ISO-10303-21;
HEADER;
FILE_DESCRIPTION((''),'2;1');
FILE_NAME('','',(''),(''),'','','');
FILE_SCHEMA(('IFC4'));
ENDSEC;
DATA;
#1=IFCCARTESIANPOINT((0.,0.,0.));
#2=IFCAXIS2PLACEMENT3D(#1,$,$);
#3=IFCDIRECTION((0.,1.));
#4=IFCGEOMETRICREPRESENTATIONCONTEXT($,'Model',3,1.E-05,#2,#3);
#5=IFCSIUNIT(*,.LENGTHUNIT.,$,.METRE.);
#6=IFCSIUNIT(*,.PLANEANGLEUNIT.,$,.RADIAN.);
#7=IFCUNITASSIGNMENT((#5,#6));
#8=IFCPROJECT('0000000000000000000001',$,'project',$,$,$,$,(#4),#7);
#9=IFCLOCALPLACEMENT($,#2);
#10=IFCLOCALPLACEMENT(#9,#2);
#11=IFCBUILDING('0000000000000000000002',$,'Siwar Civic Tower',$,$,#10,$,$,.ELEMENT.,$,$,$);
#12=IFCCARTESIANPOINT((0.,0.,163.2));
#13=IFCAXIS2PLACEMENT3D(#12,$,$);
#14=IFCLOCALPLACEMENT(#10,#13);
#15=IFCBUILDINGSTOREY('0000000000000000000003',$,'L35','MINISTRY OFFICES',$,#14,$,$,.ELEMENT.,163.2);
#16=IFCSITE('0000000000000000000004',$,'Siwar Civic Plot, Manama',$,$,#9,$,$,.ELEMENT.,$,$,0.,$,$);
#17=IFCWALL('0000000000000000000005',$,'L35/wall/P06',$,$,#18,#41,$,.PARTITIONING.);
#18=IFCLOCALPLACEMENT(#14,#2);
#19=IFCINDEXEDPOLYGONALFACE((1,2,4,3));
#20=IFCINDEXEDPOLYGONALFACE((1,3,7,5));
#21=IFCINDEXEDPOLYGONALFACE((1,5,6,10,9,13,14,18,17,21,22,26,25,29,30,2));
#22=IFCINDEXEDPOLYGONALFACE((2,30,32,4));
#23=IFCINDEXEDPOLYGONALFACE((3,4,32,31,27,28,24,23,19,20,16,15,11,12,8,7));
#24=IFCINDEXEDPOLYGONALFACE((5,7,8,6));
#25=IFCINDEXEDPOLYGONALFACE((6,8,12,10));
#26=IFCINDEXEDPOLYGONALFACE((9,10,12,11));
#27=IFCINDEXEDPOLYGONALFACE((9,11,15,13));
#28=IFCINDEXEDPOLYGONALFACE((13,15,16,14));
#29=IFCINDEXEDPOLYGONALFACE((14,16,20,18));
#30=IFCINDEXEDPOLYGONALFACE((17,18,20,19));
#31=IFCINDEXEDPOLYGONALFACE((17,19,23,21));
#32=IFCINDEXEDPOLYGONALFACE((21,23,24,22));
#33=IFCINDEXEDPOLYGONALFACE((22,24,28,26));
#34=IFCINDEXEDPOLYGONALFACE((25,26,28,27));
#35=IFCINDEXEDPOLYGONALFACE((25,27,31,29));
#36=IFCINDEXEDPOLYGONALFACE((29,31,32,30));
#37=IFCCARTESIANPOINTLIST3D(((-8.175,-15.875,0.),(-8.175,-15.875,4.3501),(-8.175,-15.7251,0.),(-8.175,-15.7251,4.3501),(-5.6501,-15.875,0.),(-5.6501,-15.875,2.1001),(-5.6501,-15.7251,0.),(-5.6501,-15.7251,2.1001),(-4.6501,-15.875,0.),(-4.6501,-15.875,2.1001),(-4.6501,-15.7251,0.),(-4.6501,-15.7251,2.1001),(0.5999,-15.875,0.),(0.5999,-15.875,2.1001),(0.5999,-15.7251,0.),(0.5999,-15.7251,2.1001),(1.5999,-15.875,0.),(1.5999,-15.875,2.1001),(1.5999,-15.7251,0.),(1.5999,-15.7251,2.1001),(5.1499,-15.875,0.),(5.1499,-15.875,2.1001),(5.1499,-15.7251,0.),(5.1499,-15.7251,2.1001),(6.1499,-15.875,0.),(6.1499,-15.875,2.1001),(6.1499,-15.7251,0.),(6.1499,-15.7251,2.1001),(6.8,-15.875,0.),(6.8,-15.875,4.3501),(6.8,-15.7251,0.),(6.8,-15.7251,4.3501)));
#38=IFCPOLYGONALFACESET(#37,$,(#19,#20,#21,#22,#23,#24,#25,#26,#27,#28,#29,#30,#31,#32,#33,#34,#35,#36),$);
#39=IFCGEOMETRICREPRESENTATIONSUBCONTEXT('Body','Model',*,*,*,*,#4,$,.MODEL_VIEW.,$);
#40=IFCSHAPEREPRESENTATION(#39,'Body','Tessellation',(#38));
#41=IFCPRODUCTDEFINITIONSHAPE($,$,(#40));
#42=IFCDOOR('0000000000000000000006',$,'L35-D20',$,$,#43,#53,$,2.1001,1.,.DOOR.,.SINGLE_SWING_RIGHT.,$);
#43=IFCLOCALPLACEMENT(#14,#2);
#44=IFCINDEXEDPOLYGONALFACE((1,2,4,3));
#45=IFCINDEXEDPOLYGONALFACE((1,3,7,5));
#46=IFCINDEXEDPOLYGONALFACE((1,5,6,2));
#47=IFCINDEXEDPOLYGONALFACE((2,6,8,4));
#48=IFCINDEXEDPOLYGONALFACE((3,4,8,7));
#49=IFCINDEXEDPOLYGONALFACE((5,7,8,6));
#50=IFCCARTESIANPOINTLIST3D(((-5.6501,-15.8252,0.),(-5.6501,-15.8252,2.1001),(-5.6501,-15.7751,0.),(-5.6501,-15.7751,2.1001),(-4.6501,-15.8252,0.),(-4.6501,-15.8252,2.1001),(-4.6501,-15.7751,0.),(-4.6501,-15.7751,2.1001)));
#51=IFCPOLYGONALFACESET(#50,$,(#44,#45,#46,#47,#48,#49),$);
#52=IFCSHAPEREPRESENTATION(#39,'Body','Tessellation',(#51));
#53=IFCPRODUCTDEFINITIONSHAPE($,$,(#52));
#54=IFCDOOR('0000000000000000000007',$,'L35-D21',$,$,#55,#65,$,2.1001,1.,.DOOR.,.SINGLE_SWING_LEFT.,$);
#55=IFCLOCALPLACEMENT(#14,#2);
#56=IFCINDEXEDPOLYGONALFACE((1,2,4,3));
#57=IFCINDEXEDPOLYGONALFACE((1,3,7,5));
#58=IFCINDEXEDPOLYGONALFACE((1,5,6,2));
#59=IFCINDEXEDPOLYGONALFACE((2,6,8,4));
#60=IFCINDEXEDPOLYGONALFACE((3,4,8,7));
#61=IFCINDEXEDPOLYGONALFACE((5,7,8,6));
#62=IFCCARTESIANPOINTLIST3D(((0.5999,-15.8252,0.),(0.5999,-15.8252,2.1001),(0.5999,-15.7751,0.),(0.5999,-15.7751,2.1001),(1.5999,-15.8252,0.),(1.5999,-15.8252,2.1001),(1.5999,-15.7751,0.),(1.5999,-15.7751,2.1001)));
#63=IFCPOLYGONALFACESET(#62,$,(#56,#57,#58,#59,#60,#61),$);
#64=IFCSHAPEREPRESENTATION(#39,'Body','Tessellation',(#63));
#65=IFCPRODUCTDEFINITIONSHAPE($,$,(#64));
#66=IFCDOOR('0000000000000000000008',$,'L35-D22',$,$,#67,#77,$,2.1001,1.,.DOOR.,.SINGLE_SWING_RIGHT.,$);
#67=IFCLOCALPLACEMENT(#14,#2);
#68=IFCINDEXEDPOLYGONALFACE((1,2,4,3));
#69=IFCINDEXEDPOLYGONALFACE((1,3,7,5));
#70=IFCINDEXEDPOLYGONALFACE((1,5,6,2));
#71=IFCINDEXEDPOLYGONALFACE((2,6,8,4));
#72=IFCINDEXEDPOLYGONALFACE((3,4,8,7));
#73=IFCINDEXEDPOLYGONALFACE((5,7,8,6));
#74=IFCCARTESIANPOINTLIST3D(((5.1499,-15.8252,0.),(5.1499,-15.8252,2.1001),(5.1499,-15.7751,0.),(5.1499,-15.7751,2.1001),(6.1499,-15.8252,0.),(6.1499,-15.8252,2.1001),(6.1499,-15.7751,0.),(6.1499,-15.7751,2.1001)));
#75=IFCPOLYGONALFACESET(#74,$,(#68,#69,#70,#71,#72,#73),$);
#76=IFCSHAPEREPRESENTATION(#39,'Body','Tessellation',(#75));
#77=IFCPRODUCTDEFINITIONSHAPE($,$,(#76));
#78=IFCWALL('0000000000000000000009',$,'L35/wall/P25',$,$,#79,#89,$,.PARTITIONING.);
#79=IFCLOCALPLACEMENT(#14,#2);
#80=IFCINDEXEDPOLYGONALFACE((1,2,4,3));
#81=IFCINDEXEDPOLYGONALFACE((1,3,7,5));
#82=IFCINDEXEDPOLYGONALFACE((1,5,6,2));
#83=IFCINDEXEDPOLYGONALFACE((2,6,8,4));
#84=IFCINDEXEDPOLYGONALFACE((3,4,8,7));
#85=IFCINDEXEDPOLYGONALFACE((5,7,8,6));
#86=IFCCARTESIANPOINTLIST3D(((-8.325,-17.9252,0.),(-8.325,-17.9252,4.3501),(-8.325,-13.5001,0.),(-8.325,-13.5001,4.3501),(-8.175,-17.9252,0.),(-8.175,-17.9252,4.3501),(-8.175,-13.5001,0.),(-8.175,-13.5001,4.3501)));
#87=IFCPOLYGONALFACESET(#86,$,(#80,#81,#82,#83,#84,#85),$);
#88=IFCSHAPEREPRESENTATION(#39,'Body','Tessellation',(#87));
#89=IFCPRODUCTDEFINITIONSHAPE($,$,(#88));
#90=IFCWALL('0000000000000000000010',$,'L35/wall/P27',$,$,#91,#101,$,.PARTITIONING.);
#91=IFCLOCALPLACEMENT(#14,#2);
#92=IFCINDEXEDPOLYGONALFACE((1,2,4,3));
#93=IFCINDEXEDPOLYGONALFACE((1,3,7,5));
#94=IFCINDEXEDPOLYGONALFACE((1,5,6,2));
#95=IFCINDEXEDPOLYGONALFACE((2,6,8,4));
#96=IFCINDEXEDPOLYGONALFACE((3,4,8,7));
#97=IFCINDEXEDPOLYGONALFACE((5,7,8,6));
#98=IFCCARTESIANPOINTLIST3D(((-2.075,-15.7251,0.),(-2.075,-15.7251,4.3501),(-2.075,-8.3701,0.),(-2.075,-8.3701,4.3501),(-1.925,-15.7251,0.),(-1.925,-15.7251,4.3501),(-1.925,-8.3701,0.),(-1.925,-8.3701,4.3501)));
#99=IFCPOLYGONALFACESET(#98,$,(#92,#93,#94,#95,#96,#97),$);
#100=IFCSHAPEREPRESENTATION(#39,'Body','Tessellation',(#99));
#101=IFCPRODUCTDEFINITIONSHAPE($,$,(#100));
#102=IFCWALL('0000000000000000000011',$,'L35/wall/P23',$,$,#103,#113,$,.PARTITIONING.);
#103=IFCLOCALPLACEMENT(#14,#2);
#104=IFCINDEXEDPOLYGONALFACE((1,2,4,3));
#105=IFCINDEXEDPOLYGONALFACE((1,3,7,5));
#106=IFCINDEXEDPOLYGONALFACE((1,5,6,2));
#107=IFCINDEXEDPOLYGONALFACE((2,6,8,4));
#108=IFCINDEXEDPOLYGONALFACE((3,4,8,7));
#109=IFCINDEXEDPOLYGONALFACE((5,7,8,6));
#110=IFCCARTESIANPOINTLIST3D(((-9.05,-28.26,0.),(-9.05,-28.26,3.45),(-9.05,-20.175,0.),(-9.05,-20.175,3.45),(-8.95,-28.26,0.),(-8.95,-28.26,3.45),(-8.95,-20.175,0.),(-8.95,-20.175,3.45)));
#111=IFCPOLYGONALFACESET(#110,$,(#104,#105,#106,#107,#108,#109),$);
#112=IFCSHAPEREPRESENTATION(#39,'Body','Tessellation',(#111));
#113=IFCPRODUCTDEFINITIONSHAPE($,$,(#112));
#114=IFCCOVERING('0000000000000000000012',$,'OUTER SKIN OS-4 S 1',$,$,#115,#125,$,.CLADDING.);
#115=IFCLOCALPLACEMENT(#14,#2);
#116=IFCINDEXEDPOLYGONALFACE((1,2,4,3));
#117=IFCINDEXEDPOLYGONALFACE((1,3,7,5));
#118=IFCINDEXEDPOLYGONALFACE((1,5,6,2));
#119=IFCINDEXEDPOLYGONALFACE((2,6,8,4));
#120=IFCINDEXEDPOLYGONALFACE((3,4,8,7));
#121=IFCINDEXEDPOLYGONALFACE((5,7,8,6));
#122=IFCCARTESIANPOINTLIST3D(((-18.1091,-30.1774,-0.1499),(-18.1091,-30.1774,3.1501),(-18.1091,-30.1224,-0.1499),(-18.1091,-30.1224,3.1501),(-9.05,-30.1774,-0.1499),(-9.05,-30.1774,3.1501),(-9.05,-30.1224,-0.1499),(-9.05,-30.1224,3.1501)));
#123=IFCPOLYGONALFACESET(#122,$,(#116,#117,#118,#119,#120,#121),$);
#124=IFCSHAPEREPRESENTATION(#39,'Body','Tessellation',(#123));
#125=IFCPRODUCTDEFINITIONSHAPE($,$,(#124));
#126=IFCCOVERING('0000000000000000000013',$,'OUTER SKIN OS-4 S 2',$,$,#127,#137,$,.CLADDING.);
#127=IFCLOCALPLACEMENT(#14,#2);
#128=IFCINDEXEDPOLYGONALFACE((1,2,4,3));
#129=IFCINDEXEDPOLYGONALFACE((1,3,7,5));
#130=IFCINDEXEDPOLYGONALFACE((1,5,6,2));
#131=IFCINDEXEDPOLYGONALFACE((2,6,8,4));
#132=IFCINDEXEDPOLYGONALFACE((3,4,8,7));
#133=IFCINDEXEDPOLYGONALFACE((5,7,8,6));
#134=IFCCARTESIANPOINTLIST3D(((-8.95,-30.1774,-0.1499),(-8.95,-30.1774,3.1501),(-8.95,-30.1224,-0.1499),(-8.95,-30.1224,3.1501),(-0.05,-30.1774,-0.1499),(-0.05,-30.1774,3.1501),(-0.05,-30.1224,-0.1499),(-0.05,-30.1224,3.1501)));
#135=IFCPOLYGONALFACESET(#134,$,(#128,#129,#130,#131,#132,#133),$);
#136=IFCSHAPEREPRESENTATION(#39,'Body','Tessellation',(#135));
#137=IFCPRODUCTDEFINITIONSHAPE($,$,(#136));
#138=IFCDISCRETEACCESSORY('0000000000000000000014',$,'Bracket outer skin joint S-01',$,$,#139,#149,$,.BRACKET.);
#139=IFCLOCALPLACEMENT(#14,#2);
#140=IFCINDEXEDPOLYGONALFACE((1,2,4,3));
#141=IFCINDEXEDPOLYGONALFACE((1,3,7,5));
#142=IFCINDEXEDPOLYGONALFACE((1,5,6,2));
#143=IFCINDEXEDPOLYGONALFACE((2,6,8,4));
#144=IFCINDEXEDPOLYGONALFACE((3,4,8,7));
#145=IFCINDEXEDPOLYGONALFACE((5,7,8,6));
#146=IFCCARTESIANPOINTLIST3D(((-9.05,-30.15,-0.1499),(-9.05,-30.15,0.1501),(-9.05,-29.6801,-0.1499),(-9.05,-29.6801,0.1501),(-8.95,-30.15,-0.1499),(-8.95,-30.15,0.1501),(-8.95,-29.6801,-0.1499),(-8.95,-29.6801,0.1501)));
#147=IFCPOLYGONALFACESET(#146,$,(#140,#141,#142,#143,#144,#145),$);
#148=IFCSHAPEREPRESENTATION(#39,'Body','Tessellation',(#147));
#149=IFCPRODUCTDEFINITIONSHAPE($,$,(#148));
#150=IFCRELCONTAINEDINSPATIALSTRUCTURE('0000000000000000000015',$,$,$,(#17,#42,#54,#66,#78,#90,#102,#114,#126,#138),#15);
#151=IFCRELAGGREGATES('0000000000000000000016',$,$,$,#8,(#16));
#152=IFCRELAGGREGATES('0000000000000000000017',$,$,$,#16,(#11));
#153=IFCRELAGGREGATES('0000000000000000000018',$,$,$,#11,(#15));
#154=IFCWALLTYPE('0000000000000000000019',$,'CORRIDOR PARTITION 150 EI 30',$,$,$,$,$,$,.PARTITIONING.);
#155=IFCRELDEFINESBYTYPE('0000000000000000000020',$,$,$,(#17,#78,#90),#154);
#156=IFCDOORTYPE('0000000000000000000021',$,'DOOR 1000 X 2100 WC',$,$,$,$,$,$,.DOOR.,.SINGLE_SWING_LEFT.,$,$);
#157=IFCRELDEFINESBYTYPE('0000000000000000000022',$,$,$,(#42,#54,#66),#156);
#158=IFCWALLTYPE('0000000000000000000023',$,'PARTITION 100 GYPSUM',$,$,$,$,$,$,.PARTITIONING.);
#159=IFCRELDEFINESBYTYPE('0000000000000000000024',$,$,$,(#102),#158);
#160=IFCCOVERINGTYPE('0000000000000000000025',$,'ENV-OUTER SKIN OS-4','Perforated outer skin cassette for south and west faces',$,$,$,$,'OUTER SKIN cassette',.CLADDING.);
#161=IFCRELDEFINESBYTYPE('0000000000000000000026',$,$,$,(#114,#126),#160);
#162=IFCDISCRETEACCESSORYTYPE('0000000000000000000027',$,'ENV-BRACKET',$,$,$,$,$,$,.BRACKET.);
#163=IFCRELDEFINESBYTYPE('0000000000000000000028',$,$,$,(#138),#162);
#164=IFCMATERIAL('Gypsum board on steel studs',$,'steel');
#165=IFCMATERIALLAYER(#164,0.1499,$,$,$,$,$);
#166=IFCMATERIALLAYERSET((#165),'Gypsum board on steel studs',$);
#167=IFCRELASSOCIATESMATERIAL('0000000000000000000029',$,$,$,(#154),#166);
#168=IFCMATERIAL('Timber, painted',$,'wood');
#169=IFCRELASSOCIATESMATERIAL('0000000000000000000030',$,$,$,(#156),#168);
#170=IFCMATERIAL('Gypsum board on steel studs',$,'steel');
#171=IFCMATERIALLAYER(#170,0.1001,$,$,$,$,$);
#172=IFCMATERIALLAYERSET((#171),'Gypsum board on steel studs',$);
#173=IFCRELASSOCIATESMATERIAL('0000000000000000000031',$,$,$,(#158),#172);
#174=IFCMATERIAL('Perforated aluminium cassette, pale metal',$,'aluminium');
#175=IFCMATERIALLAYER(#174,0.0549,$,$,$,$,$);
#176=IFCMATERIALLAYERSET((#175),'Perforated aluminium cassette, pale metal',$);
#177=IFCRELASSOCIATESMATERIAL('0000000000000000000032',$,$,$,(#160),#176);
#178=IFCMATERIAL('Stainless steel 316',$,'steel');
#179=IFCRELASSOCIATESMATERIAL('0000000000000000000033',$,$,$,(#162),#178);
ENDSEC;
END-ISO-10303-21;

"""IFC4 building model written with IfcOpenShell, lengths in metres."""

from ifc_helpers import new_model, si_unit, direction, frame, frame_2d, origin, origin_2d, place, context, subcontext, project, spatial, rectangle, extrude, material, layer, layer_set, type_object, element, fill, save


model = new_model("IFC4")

# Units and contexts
model_context = context("Model", 3, precision=1e-05, world=origin(), true_north=direction((0.0, 1.0)))
body_context = subcontext(model_context, "Body", "Model", "MODEL_VIEW")
ifc_project = project(units=[si_unit("LENGTHUNIT", "METRE"), si_unit("PLANEANGLEUNIT", "RADIAN")], contexts=[model_context])

# Site, building, storey
site_placement = place(None, origin())
site = spatial("IfcSite", under=ifc_project, at=site_placement, Name="Siwar Civic Plot, Manama", CompositionType="ELEMENT", RefElevation=0.0)
building_placement = place(site_placement, origin())
building = spatial("IfcBuilding", under=site, at=building_placement, Name="Siwar Civic Tower", CompositionType="ELEMENT")
storey_placement = place(building_placement, frame((0.0, 0.0, 163.2)))
storey = spatial("IfcBuildingStorey", under=building, at=storey_placement, Name="L35", Description="MINISTRY OFFICES", CompositionType="ELEMENT", Elevation=163.2)

# Wall, openings, doors
ifc_material_1 = material(Name="Gypsum board on steel studs", Category="steel")
ifc_layer_1 = layer(ifc_material_1, 0.1499)
ifc_layer_set_1 = layer_set([ifc_layer_1], Name="Gypsum board on steel studs")
wall_type_1 = type_object("IfcWallType", Name="CORRIDOR PARTITION 150 EI 30", PredefinedType="PARTITIONING", material=ifc_layer_set_1)
wall_1_placement = place(storey_placement, frame((-8.175, -15.8, 0.0), z_axis=(0.0, 0.0, 1.0), x_axis=(1.0, 0.0, 0.0)))
wall_1 = element("IfcWall", 1, at=wall_1_placement, inside=storey, type_object=wall_type_1, Name="L35/wall/P06", PredefinedType="PARTITIONING", context=body_context, shape_type="SweptSolid", body=[
    extrude(rectangle(XDim=14.9751, YDim=0.1499, at=frame_2d((7.4875, 0.0))), origin(), (0.0, 0.0, 1.0), 4.3501),
])
opening_1_placement = place(wall_1_placement, frame((2.5249, 0.0, 0.0)))
opening_1 = element("IfcOpeningElement", 2, at=opening_1_placement, cuts=wall_1, PredefinedType="OPENING", context=body_context, shape_type="SweptSolid", body=[
    extrude(rectangle(XDim=1.0, YDim=2.1001, at=frame_2d((0.5, 1.05))), frame((0.0, 0.085, 0.0), z_axis=(0.0, -1.0, 0.0), x_axis=(1.0, 0.0, 0.0)), (0.0, 0.0, 1.0), 0.1699),
])
opening_2_placement = place(wall_1_placement, frame((8.7749, 0.0, 0.0)))
opening_2 = element("IfcOpeningElement", 3, at=opening_2_placement, cuts=wall_1, PredefinedType="OPENING", context=body_context, shape_type="SweptSolid", body=[
    extrude(rectangle(XDim=1.0, YDim=2.1001, at=frame_2d((0.5, 1.05))), frame((0.0, 0.085, 0.0), z_axis=(0.0, -1.0, 0.0), x_axis=(1.0, 0.0, 0.0)), (0.0, 0.0, 1.0), 0.1699),
])
opening_3_placement = place(wall_1_placement, frame((13.325, 0.0, 0.0)))
opening_3 = element("IfcOpeningElement", 4, at=opening_3_placement, cuts=wall_1, PredefinedType="OPENING", context=body_context, shape_type="SweptSolid", body=[
    extrude(rectangle(XDim=1.0, YDim=2.1001, at=frame_2d((0.5, 1.05))), frame((0.0, 0.085, 0.0), z_axis=(0.0, -1.0, 0.0), x_axis=(1.0, 0.0, 0.0)), (0.0, 0.0, 1.0), 0.1699),
])
ifc_material_2 = material(Name="Timber, painted", Category="wood")
door_type = type_object("IfcDoorType", Name="DOOR 1000 X 2100 WC", OperationType="SINGLE_SWING_LEFT", PredefinedType="DOOR", material=ifc_material_2)
door_1_placement = place(opening_1_placement, origin())
door_1 = element("IfcDoor", 5, at=door_1_placement, inside=storey, type_object=door_type, Name="L35-D20", OperationType="SINGLE_SWING_RIGHT", OverallHeight=2.1001, OverallWidth=1.0, PredefinedType="DOOR", context=body_context, shape_type="SweptSolid", body=[
    extrude(rectangle(XDim=1.0, YDim=2.1001, at=frame_2d((0.5, 1.05))), frame((0.0, 0.0249, 0.0), z_axis=(0.0, -1.0, 0.0), x_axis=(1.0, 0.0, 0.0)), (0.0, 0.0, 1.0), 0.05),
])
fill(opening_1, door_1)
door_2_placement = place(opening_2_placement, origin())
door_2 = element("IfcDoor", 6, at=door_2_placement, inside=storey, type_object=door_type, Name="L35-D21", OperationType="SINGLE_SWING_LEFT", OverallHeight=2.1001, OverallWidth=1.0, PredefinedType="DOOR", context=body_context, shape_type="SweptSolid", body=[
    extrude(rectangle(XDim=1.0, YDim=2.1001, at=frame_2d((0.5, 1.05))), frame((0.0, 0.0249, 0.0), z_axis=(0.0, -1.0, 0.0), x_axis=(1.0, 0.0, 0.0)), (0.0, 0.0, 1.0), 0.05),
])
fill(opening_2, door_2)
door_3_placement = place(opening_3_placement, origin())
door_3 = element("IfcDoor", 7, at=door_3_placement, inside=storey, type_object=door_type, Name="L35-D22", OperationType="SINGLE_SWING_RIGHT", OverallHeight=2.1001, OverallWidth=1.0, PredefinedType="DOOR", context=body_context, shape_type="SweptSolid", body=[
    extrude(rectangle(XDim=1.0, YDim=2.1001, at=frame_2d((0.5, 1.05))), frame((0.0, 0.0249, 0.0), z_axis=(0.0, -1.0, 0.0), x_axis=(1.0, 0.0, 0.0)), (0.0, 0.0, 1.0), 0.05),
])
fill(opening_3, door_3)

# Walls
wall_2_placement = place(storey_placement, frame((-8.25, -17.925, 0.0), z_axis=(0.0, 0.0, 1.0), x_axis=(0.0, 1.0, 0.0)))
element("IfcWall", 8, at=wall_2_placement, inside=storey, type_object=wall_type_1, Name="L35/wall/P25", PredefinedType="PARTITIONING", context=body_context, shape_type="SweptSolid", body=[
    extrude(rectangle(XDim=4.425, YDim=0.1499, at=frame_2d((2.2124, 0.0))), origin(), (0.0, 0.0, 1.0), 4.3501),
])
wall_3_placement = place(storey_placement, frame((-2.0, -15.7251, 0.0), z_axis=(0.0, 0.0, 1.0), x_axis=(0.0, 1.0, 0.0)))
element("IfcWall", 9, at=wall_3_placement, inside=storey, type_object=wall_type_1, Name="L35/wall/P27", PredefinedType="PARTITIONING", context=body_context, shape_type="SweptSolid", body=[
    extrude(rectangle(XDim=7.355, YDim=0.1499, at=frame_2d((3.6775, 0.0))), origin(), (0.0, 0.0, 1.0), 4.3501),
])
ifc_material_3 = material(Name="Gypsum board on steel studs", Category="steel")
ifc_layer_2 = layer(ifc_material_3, 0.1001)
ifc_layer_set_2 = layer_set([ifc_layer_2], Name="Gypsum board on steel studs")
wall_type_2 = type_object("IfcWallType", Name="PARTITION 100 GYPSUM", PredefinedType="PARTITIONING", material=ifc_layer_set_2)
wall_4_placement = place(storey_placement, frame((-9.0, -28.26, 0.0), z_axis=(0.0, 0.0, 1.0), x_axis=(0.0, 1.0, 0.0)))
element("IfcWall", 10, at=wall_4_placement, inside=storey, type_object=wall_type_2, Name="L35/wall/P23", PredefinedType="PARTITIONING", context=body_context, shape_type="SweptSolid", body=[
    extrude(rectangle(XDim=8.085, YDim=0.1001, at=frame_2d((4.0425, 0.0))), origin(), (0.0, 0.0, 1.0), 3.45),
])

# Coverings
ifc_material_4 = material(Name="Perforated aluminium cassette, pale metal", Category="aluminium")
ifc_layer_3 = layer(ifc_material_4, 0.0549)
ifc_layer_set_3 = layer_set([ifc_layer_3], Name="Perforated aluminium cassette, pale metal")
covering_type = type_object("IfcCoveringType", Name="ENV-OUTER SKIN OS-4", Description="Perforated outer skin cassette for south and west faces", ElementType="OUTER SKIN cassette", PredefinedType="CLADDING", material=ifc_layer_set_3)
covering_1_placement = place(storey_placement, frame((-13.5796, -30.1499, -0.1499), z_axis=(0.0, 0.0, 1.0), x_axis=(1.0, 0.0, 0.0)))
element("IfcCovering", 11, at=covering_1_placement, inside=storey, type_object=covering_type, Name="OUTER SKIN OS-4 S 1", PredefinedType="CLADDING", context=body_context, shape_type="SweptSolid", body=[
    extrude(rectangle(XDim=9.0591, YDim=0.0549, at=origin_2d()), origin(), (0.0, 0.0, 1.0), 3.3),
])
covering_2_placement = place(storey_placement, frame((-4.5, -30.1499, -0.1499), z_axis=(0.0, 0.0, 1.0), x_axis=(1.0, 0.0, 0.0)))
element("IfcCovering", 12, at=covering_2_placement, inside=storey, type_object=covering_type, Name="OUTER SKIN OS-4 S 2", PredefinedType="CLADDING", context=body_context, shape_type="SweptSolid", body=[
    extrude(rectangle(XDim=8.8999, YDim=0.0549, at=origin_2d()), origin(), (0.0, 0.0, 1.0), 3.3),
])

# Discrete accessory
ifc_material_5 = material(Name="Stainless steel 316", Category="steel")
discrete_accessory_type = type_object("IfcDiscreteAccessoryType", Name="ENV-BRACKET", PredefinedType="BRACKET", material=ifc_material_5)
discrete_accessory_placement = place(storey_placement, frame((-9.0, -29.915, -0.1499), z_axis=(0.0, 0.0, 1.0), x_axis=(0.0, -1.0, 0.0)))
element("IfcDiscreteAccessory", 13, at=discrete_accessory_placement, inside=storey, type_object=discrete_accessory_type, Name="Bracket outer skin joint S-01", PredefinedType="BRACKET", context=body_context, shape_type="SweptSolid", body=[
    extrude(rectangle(XDim=0.47, YDim=0.1001, at=origin_2d()), origin(), (0.0, 0.0, 1.0), 0.3),
])

save(model, "model.ifc")
